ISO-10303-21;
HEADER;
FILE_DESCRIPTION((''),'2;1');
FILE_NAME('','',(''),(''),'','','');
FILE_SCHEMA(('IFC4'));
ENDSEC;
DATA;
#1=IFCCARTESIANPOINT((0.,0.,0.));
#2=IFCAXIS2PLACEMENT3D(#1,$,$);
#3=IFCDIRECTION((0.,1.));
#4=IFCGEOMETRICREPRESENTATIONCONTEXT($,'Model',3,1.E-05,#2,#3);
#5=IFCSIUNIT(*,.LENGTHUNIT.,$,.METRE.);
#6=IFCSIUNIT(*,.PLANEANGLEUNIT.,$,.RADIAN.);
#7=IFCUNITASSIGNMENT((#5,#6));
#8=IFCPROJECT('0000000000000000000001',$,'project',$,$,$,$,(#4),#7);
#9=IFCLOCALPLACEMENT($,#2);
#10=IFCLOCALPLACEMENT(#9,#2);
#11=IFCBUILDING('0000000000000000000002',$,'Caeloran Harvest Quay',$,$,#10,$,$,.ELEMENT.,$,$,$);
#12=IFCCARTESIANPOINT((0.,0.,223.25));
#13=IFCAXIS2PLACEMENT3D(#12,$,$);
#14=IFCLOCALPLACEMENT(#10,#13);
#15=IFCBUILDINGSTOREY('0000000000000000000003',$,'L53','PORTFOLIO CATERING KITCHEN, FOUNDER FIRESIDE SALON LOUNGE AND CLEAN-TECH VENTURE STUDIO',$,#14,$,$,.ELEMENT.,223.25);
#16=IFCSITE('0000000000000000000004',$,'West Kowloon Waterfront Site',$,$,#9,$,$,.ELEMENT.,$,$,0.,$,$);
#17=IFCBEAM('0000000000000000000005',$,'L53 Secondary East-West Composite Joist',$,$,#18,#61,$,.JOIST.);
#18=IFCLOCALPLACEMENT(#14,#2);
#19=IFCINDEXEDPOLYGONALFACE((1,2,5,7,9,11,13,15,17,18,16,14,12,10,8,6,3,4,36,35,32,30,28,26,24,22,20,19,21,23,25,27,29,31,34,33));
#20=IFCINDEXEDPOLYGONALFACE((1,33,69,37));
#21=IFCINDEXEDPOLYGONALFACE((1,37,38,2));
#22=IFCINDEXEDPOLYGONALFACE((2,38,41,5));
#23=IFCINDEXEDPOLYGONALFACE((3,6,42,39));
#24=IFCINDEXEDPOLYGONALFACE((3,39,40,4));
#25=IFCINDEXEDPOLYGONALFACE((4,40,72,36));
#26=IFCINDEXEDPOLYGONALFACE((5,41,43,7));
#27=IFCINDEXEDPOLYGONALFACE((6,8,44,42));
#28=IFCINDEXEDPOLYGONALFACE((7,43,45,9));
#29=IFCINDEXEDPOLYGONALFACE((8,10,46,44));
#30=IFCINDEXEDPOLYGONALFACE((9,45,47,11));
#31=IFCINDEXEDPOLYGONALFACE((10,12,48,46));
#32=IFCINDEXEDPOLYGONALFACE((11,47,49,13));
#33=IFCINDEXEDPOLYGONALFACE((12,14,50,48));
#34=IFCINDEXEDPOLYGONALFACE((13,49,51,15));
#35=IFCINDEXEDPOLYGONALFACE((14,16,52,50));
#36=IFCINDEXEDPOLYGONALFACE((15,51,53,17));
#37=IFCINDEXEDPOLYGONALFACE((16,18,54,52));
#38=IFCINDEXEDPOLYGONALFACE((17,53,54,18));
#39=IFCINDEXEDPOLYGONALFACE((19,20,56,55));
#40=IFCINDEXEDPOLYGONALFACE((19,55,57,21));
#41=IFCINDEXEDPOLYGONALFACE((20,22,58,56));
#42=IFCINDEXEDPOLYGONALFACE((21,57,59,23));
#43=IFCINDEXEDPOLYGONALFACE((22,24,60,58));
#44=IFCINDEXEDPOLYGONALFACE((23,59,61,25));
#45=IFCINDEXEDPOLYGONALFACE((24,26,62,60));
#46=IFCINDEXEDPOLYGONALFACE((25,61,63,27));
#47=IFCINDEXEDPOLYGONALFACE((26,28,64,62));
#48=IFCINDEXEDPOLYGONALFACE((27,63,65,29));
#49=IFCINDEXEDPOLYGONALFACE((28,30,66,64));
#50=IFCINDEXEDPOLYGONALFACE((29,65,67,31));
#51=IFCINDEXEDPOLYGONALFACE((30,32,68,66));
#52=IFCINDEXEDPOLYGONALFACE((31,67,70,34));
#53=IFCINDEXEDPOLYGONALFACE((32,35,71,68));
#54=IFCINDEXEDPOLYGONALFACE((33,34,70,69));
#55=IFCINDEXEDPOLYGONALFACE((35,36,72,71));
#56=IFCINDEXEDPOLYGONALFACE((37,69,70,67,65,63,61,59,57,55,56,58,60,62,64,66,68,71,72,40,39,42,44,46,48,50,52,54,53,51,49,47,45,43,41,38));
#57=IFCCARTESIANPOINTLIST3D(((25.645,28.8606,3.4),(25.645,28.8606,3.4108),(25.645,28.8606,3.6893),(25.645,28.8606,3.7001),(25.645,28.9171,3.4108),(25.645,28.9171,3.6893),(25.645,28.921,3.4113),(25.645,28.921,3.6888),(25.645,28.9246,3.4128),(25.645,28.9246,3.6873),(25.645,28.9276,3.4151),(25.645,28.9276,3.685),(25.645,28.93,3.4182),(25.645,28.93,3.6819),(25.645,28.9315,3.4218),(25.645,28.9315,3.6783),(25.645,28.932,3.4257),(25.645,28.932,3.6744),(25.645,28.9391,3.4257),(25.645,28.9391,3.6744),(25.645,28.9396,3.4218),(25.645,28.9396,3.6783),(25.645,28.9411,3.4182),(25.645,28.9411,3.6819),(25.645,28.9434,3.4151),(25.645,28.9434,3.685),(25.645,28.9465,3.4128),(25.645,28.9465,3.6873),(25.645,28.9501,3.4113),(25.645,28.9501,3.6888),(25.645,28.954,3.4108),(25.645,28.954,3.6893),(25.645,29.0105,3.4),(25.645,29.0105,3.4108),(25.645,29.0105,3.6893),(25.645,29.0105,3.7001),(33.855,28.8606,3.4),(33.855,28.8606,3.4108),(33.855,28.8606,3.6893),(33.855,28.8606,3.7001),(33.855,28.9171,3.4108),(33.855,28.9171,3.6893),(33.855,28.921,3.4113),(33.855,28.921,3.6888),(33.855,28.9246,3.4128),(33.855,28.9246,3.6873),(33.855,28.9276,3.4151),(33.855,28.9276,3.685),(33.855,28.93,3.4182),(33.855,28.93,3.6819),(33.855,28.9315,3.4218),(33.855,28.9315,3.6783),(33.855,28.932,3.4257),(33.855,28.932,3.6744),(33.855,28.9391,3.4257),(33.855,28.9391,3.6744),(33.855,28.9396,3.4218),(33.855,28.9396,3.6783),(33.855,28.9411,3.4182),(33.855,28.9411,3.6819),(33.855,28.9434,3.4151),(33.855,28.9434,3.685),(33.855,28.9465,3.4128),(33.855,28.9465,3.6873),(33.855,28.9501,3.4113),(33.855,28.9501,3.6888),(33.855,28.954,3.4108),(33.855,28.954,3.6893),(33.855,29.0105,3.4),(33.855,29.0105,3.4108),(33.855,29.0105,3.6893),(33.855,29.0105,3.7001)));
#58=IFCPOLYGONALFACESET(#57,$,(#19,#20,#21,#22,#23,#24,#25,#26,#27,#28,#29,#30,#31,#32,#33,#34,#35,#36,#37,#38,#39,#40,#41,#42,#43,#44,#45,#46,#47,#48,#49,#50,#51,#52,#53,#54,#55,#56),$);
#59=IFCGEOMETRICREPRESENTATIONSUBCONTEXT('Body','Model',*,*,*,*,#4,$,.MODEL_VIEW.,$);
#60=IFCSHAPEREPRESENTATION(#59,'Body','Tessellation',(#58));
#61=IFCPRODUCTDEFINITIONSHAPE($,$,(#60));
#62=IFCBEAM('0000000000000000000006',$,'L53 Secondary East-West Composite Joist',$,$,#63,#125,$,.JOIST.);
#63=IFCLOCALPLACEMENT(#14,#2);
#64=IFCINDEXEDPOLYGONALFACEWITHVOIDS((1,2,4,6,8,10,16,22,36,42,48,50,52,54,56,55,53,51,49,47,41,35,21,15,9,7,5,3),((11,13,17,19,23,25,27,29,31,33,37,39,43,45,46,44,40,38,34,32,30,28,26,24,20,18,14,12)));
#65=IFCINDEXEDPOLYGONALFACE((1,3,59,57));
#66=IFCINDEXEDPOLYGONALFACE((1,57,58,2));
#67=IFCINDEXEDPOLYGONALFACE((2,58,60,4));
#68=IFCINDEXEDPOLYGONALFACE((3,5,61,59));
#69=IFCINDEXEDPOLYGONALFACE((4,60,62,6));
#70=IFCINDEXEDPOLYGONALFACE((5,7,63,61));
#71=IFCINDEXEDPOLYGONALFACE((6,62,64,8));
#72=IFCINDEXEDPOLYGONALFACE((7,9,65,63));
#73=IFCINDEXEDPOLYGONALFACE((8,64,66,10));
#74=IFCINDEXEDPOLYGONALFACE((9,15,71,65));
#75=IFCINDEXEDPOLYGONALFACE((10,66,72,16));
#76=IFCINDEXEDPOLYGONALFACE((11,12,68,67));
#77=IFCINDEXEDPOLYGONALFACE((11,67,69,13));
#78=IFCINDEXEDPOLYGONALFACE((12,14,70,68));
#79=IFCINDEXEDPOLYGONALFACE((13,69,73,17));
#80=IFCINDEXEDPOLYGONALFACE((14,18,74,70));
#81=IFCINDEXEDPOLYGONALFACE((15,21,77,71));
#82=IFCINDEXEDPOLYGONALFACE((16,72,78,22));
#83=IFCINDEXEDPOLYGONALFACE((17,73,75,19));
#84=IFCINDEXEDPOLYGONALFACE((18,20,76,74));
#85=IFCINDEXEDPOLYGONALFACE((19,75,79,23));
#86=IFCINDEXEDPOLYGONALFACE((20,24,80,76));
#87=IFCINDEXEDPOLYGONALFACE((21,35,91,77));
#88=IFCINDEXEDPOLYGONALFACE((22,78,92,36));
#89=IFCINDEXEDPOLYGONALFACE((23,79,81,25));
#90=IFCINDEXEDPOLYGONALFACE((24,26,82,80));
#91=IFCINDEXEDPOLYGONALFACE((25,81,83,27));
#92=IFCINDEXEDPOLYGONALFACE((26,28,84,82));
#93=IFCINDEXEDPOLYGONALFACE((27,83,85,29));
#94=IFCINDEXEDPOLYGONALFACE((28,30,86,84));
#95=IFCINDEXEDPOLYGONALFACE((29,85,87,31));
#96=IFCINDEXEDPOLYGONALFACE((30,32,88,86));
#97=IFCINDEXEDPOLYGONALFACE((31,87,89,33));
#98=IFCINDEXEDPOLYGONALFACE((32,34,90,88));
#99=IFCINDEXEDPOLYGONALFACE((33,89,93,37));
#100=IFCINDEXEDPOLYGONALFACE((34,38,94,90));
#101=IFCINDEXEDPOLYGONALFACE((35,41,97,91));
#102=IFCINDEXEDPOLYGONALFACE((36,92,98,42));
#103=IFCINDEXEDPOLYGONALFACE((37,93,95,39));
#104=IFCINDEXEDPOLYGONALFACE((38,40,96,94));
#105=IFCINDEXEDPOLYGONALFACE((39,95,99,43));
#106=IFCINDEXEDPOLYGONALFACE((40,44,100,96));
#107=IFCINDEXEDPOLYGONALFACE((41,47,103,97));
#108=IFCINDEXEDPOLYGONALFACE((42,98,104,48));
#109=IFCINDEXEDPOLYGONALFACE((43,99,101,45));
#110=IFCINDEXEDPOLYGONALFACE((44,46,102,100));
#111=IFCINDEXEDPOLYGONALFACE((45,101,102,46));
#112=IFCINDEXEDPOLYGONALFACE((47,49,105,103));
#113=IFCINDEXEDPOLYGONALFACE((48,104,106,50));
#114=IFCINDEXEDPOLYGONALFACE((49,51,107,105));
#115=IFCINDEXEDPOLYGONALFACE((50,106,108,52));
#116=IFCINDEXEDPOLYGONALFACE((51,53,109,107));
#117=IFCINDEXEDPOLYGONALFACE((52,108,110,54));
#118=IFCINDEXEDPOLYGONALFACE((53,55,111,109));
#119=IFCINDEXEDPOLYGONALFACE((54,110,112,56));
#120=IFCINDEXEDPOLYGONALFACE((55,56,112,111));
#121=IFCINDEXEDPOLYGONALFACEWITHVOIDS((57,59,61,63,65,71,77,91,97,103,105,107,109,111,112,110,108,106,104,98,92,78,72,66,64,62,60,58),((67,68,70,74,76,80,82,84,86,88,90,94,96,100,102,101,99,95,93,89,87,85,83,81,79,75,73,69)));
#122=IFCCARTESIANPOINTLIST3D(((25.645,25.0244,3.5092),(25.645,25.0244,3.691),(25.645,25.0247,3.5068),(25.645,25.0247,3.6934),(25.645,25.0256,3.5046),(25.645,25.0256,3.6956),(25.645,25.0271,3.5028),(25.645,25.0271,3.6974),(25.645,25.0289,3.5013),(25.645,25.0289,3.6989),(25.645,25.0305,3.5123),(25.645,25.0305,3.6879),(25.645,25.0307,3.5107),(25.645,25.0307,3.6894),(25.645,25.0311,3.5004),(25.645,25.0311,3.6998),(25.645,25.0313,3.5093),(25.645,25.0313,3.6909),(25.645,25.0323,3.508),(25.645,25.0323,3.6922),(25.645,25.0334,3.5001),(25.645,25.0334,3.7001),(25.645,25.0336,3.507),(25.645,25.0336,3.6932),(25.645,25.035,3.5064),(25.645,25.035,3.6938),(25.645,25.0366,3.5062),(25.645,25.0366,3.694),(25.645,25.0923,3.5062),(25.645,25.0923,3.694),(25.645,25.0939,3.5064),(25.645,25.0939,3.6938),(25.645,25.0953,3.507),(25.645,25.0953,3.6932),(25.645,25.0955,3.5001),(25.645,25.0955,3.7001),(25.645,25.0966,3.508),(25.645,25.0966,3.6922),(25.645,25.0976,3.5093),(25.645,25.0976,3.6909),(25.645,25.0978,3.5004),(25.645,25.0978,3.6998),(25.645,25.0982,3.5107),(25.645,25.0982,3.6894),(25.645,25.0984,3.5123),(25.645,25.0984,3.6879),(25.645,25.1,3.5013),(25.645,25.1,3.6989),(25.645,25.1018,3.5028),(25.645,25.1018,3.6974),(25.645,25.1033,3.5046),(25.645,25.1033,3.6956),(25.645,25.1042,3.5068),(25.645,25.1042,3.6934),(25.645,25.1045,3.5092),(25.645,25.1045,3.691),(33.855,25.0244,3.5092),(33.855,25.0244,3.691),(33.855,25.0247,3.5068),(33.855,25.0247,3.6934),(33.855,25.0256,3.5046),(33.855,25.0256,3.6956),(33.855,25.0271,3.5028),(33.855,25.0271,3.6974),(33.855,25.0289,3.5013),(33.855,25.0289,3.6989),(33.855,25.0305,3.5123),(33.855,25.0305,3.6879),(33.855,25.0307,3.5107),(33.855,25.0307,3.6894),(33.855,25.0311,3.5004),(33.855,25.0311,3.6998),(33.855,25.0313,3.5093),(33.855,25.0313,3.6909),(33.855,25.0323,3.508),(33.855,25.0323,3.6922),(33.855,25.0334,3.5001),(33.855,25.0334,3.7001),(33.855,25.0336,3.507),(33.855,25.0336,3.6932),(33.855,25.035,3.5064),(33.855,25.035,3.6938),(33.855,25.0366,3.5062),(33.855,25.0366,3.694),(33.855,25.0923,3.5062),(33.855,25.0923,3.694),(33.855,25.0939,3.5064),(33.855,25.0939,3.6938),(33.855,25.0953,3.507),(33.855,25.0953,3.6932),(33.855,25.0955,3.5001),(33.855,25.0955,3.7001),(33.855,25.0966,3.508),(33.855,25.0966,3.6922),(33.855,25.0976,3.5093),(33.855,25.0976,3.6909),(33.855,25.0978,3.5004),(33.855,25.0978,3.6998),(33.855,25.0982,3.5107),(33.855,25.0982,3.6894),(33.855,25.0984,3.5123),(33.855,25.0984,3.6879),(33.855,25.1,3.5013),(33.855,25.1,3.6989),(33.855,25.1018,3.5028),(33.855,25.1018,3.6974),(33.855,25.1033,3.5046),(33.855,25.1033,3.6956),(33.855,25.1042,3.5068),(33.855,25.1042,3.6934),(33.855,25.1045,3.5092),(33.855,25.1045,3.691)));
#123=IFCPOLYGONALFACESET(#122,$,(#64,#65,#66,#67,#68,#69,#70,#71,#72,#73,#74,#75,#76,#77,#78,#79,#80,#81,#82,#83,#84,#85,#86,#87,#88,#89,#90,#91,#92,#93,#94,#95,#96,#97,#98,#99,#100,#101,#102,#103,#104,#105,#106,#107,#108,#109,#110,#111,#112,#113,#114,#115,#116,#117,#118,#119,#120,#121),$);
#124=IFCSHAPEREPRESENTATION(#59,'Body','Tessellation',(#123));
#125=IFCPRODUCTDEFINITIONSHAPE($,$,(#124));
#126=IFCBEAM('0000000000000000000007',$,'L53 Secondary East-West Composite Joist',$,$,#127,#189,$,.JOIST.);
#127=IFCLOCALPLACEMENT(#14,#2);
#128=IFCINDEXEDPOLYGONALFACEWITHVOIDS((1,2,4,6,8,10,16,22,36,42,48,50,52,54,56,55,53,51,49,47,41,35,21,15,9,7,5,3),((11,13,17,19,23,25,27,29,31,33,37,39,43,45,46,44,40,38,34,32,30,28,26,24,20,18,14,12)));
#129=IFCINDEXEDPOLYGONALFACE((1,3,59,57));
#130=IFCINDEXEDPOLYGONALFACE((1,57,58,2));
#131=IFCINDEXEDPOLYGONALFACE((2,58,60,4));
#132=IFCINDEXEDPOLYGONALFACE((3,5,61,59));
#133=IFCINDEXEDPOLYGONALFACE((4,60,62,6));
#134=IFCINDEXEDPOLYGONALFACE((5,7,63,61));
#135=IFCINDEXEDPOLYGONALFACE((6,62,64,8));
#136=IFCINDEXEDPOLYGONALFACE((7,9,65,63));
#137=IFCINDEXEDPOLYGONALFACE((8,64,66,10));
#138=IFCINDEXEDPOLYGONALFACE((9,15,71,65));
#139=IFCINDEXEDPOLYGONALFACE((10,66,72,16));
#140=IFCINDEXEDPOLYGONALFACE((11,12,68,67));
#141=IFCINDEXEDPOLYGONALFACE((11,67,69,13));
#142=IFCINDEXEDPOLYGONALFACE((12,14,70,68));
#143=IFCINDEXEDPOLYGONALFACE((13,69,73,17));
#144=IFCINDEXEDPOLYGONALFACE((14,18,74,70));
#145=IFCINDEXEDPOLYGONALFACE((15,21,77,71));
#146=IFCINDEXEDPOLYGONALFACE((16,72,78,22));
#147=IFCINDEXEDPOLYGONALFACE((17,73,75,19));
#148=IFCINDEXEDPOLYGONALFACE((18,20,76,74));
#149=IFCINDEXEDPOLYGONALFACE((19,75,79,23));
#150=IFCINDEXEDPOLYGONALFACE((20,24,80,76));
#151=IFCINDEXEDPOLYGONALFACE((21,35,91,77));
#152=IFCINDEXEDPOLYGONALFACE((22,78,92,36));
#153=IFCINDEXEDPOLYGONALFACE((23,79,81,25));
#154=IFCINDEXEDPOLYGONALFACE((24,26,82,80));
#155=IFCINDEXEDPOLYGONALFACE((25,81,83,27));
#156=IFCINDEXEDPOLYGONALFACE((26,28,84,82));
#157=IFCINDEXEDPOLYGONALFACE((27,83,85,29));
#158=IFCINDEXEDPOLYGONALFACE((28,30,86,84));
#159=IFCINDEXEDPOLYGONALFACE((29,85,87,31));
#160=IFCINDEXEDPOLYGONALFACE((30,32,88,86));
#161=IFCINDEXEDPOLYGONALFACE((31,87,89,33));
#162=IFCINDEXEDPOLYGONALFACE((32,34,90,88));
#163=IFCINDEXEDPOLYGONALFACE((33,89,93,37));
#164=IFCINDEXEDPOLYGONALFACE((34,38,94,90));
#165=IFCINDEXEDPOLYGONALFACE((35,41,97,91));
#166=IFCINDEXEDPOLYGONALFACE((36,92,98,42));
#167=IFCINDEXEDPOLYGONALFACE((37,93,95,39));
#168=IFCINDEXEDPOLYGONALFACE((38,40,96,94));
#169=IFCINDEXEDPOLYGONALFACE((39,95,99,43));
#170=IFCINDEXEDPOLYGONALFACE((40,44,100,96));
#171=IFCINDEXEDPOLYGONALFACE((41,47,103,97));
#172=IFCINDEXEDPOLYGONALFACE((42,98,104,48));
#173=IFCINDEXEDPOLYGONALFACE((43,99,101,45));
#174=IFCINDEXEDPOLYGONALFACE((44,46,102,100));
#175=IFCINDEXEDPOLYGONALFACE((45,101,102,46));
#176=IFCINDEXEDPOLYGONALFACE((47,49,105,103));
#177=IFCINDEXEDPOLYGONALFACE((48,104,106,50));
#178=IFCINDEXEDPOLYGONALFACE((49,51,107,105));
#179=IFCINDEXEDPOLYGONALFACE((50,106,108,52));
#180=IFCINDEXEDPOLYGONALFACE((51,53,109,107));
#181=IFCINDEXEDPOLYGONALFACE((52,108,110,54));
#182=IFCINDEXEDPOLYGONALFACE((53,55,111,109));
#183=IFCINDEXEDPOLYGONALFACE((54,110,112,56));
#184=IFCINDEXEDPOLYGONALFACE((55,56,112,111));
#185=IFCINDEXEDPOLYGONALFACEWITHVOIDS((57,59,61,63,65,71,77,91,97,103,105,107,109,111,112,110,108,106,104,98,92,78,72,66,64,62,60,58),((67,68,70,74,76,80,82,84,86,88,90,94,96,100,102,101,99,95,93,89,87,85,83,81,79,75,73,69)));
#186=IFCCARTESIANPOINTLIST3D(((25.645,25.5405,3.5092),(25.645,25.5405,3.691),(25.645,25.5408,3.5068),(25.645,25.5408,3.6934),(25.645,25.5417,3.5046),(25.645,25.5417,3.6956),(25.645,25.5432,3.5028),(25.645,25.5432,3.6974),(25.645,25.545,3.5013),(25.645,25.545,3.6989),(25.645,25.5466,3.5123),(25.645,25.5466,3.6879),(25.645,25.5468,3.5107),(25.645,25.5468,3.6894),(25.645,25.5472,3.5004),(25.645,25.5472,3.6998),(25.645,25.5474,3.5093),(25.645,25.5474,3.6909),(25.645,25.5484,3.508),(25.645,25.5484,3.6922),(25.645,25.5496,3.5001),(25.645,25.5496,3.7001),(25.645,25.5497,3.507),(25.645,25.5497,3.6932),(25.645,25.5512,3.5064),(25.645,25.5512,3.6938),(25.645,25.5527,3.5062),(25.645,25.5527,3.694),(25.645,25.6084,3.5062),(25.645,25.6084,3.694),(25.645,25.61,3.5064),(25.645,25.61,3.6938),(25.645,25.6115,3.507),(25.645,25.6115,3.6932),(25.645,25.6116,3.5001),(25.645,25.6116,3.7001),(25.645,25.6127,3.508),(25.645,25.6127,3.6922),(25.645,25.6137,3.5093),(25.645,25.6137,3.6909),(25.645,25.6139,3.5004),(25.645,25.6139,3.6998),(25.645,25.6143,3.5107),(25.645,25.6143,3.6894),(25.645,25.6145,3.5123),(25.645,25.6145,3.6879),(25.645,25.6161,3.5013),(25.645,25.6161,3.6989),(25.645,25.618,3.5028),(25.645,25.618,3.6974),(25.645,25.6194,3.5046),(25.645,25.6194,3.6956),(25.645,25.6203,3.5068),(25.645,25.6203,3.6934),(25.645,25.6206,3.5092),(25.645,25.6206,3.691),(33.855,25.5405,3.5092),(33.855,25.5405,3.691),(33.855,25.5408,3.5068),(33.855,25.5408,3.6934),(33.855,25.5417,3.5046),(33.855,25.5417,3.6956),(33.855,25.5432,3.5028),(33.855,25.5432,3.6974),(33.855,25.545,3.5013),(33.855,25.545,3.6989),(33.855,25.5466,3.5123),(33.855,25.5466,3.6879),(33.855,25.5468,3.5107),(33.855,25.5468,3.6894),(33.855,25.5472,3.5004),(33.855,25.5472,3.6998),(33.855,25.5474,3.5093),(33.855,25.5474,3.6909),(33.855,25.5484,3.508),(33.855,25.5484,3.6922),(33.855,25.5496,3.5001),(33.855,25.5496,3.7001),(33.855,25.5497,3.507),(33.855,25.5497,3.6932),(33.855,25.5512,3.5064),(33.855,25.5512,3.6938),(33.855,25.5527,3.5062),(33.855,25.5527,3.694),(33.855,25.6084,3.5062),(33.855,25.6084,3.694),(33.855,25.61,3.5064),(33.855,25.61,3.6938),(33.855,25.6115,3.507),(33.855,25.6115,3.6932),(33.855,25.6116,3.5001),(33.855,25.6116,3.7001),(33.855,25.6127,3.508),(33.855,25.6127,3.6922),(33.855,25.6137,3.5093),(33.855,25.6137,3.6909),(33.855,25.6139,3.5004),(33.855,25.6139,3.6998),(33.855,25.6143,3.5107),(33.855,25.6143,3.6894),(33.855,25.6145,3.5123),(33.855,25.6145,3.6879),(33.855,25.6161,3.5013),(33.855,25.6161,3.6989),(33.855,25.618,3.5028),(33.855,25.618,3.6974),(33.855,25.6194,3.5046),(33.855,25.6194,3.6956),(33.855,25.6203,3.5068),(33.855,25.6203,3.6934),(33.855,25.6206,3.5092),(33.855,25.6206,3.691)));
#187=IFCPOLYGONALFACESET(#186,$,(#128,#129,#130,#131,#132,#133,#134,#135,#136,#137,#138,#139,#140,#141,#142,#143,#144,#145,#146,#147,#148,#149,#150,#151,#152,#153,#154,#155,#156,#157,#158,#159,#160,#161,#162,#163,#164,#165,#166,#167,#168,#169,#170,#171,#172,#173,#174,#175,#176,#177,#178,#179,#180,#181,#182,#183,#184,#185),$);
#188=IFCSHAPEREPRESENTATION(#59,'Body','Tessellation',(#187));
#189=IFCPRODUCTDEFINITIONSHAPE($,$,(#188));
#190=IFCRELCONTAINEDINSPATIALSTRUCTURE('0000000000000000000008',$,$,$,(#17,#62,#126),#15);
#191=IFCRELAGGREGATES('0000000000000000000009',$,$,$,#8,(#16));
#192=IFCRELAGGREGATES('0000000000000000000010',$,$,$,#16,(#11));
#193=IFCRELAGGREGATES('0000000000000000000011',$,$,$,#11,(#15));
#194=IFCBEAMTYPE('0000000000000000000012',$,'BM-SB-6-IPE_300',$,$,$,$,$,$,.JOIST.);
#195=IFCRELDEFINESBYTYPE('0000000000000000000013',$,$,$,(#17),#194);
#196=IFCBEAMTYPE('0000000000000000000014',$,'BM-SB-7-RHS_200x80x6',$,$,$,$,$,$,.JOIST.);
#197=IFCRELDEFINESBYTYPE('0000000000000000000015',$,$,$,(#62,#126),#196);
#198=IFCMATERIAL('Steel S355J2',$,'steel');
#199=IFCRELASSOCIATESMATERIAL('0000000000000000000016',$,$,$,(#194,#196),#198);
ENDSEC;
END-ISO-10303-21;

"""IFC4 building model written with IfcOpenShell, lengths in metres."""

from ifc_helpers import new_model, si_unit, direction, frame, origin, origin_2d, place, context, subcontext, project, spatial, hollow_rectangle, i_section, extrude, material, material_profile, profile_set, type_object, element, save


model = new_model("IFC4")

# Units and contexts
model_context = context("Model", 3, precision=1e-05, world=origin(), true_north=direction((0.0, 1.0)))
body_context = subcontext(model_context, "Body", "Model", "MODEL_VIEW")
ifc_project = project(units=[si_unit("LENGTHUNIT", "METRE"), si_unit("PLANEANGLEUNIT", "RADIAN")], contexts=[model_context])

# Site, building, storey
site_placement = place(None, origin())
site = spatial("IfcSite", under=ifc_project, at=site_placement, Name="West Kowloon Waterfront Site", CompositionType="ELEMENT", RefElevation=0.0)
building_placement = place(site_placement, origin())
building = spatial("IfcBuilding", under=site, at=building_placement, Name="Caeloran Harvest Quay", CompositionType="ELEMENT")
storey_placement = place(building_placement, frame((0.0, 0.0, 223.25)))
storey = spatial("IfcBuildingStorey", under=building, at=storey_placement, Name="L53", Description="PORTFOLIO CATERING KITCHEN, FOUNDER FIRESIDE SALON LOUNGE AND CLEAN-TECH VENTURE STUDIO", CompositionType="ELEMENT", Elevation=223.25)

# Beams
ifc_material_1 = material(Name="Steel S355J2", Category="steel")
ifc_material_profile_1 = material_profile(ifc_material_1, i_section(OverallWidth=0.1499, OverallDepth=0.3, WebThickness=0.0071, FlangeThickness=0.0107, FilletRadius=0.0149, at=origin_2d()), Name="IPE 300")
ifc_profile_set_1 = profile_set([ifc_material_profile_1], Name="Steel S355J2")
beam_type_1 = type_object("IfcBeamType", Name="BM-SB-6-IPE_300", PredefinedType="JOIST", material=ifc_profile_set_1)
for number, where, z_axis, x_axis, name in (
    (1, (25.645, 28.9355, 3.55), (1.0, 0.0, 0.0), (0.0, 1.0, 0.0), "L53 Secondary East-West Composite Joist"),
):
    element("IfcBeam", number, at=place(storey_placement, frame(where, z_axis=z_axis, x_axis=x_axis)), inside=storey, type_object=beam_type_1, Name=name, PredefinedType="JOIST", context=body_context, shape_type="SweptSolid", body=[
        extrude(i_section(OverallWidth=0.1499, OverallDepth=0.3, WebThickness=0.0071, FlangeThickness=0.0107, FilletRadius=0.0149, at=origin_2d()), origin(), (0.0, 0.0, 1.0), 8.21),
    ])
ifc_material_profile_2 = material_profile(ifc_material_1, hollow_rectangle(XDim=0.0801, YDim=0.2, WallThickness=0.0061, InnerFilletRadius=0.0061, OuterFilletRadius=0.009, at=origin_2d()), Name="RHS 200x80x6")
ifc_profile_set_2 = profile_set([ifc_material_profile_2], Name="Steel S355J2")
beam_type_2 = type_object("IfcBeamType", Name="BM-SB-7-RHS_200x80x6", PredefinedType="JOIST", material=ifc_profile_set_2)
for number, where, z_axis, x_axis, name in (
    (2, (25.645, 25.0645, 3.6001), (1.0, 0.0, 0.0), (0.0, 1.0, 0.0), "L53 Secondary East-West Composite Joist"),
    (3, (25.645, 25.5806, 3.6001), (1.0, 0.0, 0.0), (0.0, 1.0, 0.0), "L53 Secondary East-West Composite Joist"),
):
    element("IfcBeam", number, at=place(storey_placement, frame(where, z_axis=z_axis, x_axis=x_axis)), inside=storey, type_object=beam_type_2, Name=name, PredefinedType="JOIST", context=body_context, shape_type="SweptSolid", body=[
        extrude(hollow_rectangle(XDim=0.0801, YDim=0.2, WallThickness=0.0061, InnerFilletRadius=0.0061, OuterFilletRadius=0.009, at=origin_2d()), origin(), (0.0, 0.0, 1.0), 8.21),
    ])

save(model, "model.ifc")
